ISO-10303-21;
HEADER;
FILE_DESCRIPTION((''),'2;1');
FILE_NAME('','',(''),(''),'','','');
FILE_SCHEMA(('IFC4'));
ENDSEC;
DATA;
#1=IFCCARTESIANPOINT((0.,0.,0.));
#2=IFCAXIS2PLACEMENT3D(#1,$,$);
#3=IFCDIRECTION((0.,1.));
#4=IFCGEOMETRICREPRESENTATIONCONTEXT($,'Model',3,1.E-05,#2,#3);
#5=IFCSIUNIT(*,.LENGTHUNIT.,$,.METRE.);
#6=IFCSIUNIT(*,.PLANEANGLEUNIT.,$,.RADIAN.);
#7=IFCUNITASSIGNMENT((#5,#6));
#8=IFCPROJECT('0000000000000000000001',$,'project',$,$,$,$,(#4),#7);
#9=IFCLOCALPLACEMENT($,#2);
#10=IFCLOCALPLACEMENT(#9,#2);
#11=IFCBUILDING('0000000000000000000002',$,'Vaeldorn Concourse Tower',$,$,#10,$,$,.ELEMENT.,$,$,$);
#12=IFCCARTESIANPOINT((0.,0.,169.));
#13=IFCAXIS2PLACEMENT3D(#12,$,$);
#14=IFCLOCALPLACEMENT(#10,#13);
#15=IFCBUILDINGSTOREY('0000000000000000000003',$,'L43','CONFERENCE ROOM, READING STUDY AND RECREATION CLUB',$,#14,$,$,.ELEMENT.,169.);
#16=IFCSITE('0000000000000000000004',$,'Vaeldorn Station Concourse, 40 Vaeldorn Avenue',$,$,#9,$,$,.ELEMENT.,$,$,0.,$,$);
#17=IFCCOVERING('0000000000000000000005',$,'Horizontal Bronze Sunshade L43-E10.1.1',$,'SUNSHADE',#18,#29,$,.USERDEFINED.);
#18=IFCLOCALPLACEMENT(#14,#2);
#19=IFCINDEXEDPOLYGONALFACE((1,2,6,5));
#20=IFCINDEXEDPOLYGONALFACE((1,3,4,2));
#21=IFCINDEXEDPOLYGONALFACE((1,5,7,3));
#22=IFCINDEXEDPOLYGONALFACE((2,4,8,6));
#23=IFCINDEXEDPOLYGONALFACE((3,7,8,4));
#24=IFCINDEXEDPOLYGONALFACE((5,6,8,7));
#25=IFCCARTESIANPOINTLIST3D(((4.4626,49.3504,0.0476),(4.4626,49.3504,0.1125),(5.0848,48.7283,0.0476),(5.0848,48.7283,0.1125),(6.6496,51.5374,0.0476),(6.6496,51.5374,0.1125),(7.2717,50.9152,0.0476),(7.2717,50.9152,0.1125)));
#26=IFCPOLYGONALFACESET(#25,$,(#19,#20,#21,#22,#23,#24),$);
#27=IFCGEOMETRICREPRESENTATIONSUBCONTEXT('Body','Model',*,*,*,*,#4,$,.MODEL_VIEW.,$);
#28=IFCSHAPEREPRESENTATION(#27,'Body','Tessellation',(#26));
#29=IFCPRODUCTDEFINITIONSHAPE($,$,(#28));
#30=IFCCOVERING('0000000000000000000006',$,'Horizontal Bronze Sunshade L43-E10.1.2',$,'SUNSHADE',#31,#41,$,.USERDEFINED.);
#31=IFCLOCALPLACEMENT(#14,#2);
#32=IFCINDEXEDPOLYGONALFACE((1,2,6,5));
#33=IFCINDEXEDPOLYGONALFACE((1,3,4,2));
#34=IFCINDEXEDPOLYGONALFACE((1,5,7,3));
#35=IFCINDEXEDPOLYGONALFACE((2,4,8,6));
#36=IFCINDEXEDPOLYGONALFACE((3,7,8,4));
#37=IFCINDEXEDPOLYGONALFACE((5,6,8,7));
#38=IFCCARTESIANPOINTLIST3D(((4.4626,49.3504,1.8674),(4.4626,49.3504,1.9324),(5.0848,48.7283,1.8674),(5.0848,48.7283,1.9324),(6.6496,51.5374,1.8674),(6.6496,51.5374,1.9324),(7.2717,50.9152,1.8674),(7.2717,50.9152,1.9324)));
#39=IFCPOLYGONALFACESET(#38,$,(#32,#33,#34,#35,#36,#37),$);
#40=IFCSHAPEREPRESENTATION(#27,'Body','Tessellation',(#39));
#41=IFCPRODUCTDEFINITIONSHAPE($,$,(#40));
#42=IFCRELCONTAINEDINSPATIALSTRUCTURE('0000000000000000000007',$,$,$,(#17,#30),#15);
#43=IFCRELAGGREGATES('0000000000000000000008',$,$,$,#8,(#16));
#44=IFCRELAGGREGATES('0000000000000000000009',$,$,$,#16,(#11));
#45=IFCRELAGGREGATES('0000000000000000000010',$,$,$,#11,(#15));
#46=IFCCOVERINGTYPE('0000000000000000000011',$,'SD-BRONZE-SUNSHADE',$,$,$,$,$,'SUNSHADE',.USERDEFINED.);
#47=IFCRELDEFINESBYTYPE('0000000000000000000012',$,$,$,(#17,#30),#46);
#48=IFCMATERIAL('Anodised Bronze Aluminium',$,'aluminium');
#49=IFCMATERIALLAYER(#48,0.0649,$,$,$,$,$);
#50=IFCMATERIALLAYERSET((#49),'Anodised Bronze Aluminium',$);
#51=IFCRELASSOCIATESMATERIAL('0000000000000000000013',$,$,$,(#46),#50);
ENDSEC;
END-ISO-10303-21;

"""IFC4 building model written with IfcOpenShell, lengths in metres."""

from ifc_helpers import new_model, si_unit, direction, frame, origin, origin_2d, place, context, subcontext, project, spatial, rectangle, extrude, source, transform, mapped, material, layer, layer_set, type_object, element, save


model = new_model("IFC4")

# Units and contexts
model_context = context("Model", 3, precision=1e-05, world=origin(), true_north=direction((0.0, 1.0)))
body_context = subcontext(model_context, "Body", "Model", "MODEL_VIEW")
ifc_project = project(units=[si_unit("LENGTHUNIT", "METRE"), si_unit("PLANEANGLEUNIT", "RADIAN")], contexts=[model_context])

# Site, building, storey
site_placement = place(None, origin())
site = spatial("IfcSite", under=ifc_project, at=site_placement, Name="Vaeldorn Station Concourse, 40 Vaeldorn Avenue", CompositionType="ELEMENT", RefElevation=0.0)
building_placement = place(site_placement, origin())
building = spatial("IfcBuilding", under=site, at=building_placement, Name="Vaeldorn Concourse Tower", CompositionType="ELEMENT")
storey_placement = place(building_placement, frame((0.0, 0.0, 169.0)))
storey = spatial("IfcBuildingStorey", under=building, at=storey_placement, Name="L43", Description="CONFERENCE ROOM, READING STUDY AND RECREATION CLUB", CompositionType="ELEMENT", Elevation=169.0)

# Shared definitions
ifc_material_1 = material(Name="Anodised Bronze Aluminium", Category="aluminium")

# Coverings
ifc_layer_1 = layer(ifc_material_1, 0.0649)
ifc_layer_set_1 = layer_set([ifc_layer_1], Name="Anodised Bronze Aluminium")
covering_type = type_object("IfcCoveringType", Name="SD-BRONZE-SUNSHADE", ElementType="SUNSHADE", PredefinedType="USERDEFINED", material=ifc_layer_set_1)
shared_shape_1 = source(origin(), body_context, "Body", "SweptSolid", [
    extrude(rectangle(XDim=3.0928, YDim=0.8799, at=origin_2d()), origin(), (0.0, 0.0, 1.0), 0.0649),
])
for number, where, z_axis, x_axis, name in (
    (1, (5.8672, 50.1328, 0.0476), (0.0, 0.0, 1.0), (-0.707107, -0.707107, 0.0), "Horizontal Bronze Sunshade L43-E10.1.1"),
    (2, (5.8672, 50.1328, 1.8674), (0.0, 0.0, 1.0), (-0.707107, -0.707107, 0.0), "Horizontal Bronze Sunshade L43-E10.1.2"),
):
    element("IfcCovering", number, at=place(storey_placement, frame(where, z_axis=z_axis, x_axis=x_axis)), inside=storey, type_object=covering_type, Name=name, ObjectType="SUNSHADE", PredefinedType="USERDEFINED", context=body_context, shape_type="MappedRepresentation", body=[
        mapped(shared_shape_1, transform((0.0, 0.0, 0.0), scale=1.0)),
    ])

save(model, "model.ifc")
